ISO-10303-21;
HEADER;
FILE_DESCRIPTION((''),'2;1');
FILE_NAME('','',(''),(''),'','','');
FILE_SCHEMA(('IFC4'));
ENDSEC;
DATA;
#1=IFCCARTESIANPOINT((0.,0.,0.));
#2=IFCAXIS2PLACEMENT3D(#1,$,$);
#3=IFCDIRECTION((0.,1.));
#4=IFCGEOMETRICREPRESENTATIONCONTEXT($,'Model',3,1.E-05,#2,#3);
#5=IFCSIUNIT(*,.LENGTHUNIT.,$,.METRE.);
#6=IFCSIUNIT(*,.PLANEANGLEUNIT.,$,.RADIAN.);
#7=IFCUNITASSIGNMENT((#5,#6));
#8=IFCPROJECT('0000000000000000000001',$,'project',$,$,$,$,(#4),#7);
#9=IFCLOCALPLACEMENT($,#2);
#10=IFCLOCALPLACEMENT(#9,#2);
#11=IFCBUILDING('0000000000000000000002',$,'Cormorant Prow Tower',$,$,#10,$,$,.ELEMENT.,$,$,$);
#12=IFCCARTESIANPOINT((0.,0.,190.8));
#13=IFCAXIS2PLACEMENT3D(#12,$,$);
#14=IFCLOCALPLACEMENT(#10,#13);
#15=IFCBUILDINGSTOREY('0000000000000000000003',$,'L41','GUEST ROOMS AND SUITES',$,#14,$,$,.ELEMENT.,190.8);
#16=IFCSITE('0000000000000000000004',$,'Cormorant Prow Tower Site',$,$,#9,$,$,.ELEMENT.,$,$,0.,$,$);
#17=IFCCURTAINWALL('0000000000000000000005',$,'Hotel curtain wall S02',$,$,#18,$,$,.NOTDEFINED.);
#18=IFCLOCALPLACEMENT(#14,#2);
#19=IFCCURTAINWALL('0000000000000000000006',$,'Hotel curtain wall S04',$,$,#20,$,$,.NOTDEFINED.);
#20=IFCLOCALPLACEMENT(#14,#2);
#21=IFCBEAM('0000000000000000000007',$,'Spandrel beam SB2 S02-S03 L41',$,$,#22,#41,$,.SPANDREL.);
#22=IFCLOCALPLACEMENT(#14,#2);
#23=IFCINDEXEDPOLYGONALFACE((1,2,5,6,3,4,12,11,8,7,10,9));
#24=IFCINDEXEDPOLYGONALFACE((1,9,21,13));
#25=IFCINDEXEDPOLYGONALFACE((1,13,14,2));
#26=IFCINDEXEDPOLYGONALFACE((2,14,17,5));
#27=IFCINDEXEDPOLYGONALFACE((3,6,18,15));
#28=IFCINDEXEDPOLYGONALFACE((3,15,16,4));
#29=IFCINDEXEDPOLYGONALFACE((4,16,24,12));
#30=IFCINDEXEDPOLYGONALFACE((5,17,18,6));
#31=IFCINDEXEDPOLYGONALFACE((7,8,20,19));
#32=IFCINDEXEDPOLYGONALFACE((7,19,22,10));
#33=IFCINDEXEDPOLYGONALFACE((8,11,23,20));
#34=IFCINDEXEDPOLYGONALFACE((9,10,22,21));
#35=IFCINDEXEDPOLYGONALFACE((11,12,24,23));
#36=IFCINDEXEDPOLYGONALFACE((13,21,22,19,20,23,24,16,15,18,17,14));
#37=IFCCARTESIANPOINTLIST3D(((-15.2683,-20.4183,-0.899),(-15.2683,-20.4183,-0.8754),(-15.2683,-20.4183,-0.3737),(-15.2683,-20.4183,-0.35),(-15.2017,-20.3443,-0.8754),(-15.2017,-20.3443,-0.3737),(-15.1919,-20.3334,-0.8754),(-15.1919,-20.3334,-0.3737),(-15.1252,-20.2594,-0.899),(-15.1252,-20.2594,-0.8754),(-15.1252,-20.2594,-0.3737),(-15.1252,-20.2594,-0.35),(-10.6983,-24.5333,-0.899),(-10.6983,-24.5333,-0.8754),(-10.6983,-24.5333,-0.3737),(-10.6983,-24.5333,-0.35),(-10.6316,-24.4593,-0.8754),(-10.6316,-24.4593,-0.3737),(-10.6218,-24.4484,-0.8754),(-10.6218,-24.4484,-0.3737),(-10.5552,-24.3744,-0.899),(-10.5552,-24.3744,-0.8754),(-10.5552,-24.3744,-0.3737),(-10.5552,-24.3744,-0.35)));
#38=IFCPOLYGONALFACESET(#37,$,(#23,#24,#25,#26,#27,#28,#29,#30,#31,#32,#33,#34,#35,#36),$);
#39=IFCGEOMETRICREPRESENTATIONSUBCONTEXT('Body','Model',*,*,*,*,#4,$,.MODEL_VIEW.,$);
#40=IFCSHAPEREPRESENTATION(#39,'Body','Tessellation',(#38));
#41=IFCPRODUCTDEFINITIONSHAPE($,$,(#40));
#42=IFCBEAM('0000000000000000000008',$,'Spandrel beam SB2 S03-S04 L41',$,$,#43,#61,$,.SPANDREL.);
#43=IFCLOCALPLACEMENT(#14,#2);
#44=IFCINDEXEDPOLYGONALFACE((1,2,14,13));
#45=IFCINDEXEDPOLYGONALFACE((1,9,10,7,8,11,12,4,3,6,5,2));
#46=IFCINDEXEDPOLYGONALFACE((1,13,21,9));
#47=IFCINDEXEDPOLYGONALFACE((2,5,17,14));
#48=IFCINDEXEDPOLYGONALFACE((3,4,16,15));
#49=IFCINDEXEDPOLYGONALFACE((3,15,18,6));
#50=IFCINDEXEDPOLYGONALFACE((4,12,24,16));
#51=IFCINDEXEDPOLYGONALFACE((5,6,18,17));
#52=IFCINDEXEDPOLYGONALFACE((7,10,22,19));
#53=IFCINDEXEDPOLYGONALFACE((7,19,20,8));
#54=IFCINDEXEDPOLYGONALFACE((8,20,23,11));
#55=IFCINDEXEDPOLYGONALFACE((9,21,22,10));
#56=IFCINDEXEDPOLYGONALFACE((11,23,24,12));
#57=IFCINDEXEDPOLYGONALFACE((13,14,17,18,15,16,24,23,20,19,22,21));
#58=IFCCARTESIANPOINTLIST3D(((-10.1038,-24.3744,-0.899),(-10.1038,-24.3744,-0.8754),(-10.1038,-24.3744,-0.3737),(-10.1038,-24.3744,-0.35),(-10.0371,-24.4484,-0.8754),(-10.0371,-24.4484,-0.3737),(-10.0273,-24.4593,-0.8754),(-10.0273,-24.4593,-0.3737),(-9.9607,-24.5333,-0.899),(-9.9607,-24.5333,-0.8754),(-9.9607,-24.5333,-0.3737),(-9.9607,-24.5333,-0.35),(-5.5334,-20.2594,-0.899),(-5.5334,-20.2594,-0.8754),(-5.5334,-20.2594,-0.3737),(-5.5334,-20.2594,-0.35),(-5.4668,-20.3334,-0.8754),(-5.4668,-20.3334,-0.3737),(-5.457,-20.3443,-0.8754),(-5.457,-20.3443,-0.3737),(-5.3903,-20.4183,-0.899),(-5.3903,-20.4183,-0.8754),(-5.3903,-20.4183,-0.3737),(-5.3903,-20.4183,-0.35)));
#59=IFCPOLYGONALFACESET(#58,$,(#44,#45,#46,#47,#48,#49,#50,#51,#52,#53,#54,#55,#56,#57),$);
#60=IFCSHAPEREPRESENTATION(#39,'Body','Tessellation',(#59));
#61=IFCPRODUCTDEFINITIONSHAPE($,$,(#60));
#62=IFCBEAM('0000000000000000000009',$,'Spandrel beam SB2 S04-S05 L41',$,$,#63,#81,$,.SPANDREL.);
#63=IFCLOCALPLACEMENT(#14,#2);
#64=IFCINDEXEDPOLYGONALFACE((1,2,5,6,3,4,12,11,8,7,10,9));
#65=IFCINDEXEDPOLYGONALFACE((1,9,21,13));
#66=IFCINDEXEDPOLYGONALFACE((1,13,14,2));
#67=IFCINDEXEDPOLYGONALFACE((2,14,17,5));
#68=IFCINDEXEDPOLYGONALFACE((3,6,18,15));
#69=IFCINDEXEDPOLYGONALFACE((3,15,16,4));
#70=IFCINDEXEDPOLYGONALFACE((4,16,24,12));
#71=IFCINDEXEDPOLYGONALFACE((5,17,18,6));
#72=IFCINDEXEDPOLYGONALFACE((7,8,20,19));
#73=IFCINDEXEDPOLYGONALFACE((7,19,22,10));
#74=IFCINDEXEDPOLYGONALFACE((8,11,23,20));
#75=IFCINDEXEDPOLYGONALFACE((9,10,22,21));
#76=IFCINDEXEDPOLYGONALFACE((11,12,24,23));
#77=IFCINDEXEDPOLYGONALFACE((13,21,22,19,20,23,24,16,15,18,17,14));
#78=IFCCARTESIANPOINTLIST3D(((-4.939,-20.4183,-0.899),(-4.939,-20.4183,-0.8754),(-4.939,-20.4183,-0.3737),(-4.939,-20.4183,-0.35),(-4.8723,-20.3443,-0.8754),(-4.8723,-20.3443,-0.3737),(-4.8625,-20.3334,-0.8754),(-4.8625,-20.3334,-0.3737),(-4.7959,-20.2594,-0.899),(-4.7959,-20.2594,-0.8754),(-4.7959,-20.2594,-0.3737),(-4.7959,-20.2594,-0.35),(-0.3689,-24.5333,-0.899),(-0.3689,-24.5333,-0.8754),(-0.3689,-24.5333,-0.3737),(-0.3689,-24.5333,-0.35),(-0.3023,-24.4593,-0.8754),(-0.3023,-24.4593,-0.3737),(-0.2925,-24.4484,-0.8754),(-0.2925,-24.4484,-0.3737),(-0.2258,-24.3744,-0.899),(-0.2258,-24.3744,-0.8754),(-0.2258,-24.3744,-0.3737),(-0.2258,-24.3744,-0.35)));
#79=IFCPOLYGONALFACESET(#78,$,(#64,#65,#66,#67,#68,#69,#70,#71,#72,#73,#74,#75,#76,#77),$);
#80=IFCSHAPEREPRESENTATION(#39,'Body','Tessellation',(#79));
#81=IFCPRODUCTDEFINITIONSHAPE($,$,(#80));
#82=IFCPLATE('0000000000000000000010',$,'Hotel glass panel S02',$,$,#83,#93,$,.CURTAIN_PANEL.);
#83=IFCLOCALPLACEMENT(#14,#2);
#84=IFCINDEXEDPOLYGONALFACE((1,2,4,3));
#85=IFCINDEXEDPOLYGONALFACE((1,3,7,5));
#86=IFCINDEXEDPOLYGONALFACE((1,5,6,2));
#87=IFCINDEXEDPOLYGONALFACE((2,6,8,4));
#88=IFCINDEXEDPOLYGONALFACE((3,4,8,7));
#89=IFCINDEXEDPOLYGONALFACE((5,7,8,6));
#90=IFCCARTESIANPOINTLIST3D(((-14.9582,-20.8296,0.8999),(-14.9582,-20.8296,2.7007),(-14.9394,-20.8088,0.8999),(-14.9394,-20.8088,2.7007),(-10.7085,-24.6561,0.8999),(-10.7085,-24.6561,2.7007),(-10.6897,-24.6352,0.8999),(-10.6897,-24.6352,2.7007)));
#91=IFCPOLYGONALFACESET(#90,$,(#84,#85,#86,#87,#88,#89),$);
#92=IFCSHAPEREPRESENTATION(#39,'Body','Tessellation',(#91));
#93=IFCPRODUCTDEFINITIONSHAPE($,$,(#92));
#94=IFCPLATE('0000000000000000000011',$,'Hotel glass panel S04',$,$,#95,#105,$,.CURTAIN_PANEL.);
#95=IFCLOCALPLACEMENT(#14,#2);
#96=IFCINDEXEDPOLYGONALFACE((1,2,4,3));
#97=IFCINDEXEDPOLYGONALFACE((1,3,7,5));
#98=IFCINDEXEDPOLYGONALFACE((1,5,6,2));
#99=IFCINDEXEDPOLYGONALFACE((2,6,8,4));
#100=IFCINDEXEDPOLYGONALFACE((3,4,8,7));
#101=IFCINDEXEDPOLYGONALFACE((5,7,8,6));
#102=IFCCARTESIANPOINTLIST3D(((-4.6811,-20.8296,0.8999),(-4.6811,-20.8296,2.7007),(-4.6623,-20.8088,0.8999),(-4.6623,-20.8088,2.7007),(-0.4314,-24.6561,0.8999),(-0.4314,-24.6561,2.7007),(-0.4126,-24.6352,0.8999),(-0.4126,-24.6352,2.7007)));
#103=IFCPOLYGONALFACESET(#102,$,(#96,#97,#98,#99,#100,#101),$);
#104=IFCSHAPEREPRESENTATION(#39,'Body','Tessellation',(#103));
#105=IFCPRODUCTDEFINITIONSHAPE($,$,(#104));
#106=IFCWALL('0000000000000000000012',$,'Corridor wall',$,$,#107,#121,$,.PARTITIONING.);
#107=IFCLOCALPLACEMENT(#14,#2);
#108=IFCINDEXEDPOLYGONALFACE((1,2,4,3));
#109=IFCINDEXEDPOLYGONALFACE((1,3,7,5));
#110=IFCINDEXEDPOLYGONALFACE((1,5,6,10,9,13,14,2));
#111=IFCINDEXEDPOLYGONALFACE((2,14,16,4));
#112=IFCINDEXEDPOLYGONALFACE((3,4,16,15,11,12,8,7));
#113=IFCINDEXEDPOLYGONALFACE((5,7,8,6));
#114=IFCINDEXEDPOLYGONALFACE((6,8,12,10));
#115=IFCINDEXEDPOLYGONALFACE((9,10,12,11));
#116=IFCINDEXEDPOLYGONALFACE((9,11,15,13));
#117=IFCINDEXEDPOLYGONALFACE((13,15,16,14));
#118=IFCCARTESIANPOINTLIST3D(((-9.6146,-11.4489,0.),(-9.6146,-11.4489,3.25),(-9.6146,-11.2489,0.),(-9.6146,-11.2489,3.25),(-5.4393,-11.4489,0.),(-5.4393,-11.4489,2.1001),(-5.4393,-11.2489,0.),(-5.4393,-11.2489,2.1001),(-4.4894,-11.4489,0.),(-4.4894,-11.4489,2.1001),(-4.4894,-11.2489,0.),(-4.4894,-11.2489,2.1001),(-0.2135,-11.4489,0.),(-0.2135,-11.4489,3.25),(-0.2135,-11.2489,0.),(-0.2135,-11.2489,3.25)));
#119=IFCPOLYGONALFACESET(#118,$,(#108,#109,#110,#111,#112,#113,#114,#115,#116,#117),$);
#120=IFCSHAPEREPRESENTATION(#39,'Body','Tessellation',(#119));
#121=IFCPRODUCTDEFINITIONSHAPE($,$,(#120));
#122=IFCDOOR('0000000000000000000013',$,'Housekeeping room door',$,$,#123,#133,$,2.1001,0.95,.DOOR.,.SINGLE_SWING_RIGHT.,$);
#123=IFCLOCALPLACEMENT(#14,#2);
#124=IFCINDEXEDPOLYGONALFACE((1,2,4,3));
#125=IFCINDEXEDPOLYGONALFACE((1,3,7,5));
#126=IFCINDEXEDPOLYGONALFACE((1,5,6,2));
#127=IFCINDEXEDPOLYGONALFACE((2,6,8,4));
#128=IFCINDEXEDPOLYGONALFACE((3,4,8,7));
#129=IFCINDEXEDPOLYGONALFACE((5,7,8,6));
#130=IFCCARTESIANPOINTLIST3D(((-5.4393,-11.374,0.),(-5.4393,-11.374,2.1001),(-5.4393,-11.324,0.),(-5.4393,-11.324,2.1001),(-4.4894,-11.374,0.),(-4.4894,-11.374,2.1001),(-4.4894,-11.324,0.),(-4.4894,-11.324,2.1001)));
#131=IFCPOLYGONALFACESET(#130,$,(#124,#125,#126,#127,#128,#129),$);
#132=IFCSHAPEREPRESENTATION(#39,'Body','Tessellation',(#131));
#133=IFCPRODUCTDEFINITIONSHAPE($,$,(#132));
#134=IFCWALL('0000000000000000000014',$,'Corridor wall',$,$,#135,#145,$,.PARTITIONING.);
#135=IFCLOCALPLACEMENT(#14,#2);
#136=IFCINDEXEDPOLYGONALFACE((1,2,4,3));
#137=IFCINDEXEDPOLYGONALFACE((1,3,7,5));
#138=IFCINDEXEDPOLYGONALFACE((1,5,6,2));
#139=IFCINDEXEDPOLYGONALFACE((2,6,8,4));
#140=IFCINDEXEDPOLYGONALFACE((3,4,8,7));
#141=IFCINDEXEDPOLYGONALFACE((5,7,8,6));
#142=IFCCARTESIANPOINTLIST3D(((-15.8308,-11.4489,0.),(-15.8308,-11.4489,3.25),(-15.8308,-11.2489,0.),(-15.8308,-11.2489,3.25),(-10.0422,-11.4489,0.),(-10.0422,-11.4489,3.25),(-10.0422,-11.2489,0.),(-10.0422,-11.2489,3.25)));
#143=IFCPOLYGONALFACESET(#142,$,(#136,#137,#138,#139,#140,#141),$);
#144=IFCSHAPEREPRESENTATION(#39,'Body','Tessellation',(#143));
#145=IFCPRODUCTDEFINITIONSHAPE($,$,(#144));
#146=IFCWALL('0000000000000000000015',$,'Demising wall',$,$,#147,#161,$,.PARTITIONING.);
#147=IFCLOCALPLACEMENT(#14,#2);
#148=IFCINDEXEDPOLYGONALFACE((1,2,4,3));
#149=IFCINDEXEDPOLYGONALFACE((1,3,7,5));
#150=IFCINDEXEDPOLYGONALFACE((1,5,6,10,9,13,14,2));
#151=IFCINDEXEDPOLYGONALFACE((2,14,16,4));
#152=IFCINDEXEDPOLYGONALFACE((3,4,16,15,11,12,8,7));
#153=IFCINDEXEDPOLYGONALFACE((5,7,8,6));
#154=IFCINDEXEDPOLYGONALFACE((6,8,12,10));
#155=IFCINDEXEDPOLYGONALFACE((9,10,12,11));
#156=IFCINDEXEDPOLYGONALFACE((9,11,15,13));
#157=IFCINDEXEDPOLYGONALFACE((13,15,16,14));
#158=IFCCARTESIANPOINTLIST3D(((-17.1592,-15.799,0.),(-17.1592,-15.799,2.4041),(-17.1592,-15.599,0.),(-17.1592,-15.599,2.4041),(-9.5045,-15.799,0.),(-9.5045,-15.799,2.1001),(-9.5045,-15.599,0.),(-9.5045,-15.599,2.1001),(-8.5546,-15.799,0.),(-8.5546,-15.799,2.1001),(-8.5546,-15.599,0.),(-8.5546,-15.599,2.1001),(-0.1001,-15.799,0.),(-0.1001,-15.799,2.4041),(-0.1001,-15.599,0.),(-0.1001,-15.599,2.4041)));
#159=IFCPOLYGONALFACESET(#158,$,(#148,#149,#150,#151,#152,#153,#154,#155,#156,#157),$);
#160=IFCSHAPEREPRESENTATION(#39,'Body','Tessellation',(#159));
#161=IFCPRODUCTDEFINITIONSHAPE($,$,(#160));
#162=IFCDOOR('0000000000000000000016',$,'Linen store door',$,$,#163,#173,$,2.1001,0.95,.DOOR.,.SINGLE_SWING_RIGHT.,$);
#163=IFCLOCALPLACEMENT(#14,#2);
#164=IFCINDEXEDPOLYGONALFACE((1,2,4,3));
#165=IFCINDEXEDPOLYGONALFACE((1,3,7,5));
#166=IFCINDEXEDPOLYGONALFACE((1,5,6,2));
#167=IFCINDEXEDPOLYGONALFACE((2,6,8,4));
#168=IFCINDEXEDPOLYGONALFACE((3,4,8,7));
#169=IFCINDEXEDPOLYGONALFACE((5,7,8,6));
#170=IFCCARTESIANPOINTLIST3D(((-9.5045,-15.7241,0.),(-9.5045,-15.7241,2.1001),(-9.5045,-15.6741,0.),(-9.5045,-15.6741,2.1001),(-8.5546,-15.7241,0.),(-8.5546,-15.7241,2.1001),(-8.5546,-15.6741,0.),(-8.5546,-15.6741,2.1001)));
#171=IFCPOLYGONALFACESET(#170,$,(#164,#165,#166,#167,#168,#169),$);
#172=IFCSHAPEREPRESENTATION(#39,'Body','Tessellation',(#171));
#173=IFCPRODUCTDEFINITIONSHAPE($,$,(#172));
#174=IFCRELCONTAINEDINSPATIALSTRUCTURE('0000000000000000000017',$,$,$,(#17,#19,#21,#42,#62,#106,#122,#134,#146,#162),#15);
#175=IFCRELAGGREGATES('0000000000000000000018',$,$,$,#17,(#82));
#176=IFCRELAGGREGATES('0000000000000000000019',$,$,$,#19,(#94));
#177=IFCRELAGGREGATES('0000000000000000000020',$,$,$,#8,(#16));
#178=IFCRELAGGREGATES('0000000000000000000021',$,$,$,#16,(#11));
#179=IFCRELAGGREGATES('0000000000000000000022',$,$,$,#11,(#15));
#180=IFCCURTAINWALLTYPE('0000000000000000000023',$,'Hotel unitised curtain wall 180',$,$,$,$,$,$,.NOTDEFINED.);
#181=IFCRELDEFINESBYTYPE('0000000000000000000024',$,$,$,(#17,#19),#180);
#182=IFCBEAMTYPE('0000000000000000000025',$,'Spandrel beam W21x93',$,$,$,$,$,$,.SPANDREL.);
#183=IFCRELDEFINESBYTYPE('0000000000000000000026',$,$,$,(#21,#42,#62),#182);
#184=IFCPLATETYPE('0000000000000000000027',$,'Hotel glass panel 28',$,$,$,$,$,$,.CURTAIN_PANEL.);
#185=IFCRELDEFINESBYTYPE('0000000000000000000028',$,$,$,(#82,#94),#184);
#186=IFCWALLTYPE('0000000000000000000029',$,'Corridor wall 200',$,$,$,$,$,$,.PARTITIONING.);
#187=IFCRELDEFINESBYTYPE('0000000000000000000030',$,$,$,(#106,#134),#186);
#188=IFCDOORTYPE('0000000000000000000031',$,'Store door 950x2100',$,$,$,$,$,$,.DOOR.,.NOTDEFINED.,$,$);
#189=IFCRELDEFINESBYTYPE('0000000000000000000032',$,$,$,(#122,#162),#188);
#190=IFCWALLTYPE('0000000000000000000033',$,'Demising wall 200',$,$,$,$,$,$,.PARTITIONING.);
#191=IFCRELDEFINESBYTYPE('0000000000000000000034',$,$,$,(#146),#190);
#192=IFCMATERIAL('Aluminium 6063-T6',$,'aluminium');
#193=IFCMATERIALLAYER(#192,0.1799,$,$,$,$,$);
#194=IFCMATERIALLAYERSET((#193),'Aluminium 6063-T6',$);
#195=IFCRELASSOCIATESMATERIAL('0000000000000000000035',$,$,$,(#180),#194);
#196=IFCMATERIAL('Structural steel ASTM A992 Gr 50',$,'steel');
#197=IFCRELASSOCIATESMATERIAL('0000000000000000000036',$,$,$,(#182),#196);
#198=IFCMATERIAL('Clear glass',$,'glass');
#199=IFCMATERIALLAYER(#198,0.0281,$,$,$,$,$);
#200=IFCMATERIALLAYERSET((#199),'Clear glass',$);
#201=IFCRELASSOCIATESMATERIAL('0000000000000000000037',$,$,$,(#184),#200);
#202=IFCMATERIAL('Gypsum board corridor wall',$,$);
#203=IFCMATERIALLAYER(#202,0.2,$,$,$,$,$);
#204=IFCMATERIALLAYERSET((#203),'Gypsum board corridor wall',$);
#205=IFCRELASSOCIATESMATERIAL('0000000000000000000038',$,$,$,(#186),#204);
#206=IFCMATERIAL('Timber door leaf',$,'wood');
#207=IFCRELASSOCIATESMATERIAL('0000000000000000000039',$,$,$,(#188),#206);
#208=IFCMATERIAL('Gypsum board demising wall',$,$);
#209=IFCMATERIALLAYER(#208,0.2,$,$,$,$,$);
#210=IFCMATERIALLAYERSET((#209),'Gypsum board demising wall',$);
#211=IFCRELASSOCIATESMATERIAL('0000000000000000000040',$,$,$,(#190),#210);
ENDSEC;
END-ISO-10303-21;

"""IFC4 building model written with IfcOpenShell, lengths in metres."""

from ifc_helpers import new_model, si_unit, direction, frame, frame_2d, origin, origin_2d, place, context, subcontext, project, spatial, rectangle, i_section, extrude, material, layer, layer_set, material_profile, profile_set, type_object, element, fill, aggregate, save


model = new_model("IFC4")

# Units and contexts
model_context = context("Model", 3, precision=1e-05, world=origin(), true_north=direction((0.0, 1.0)))
body_context = subcontext(model_context, "Body", "Model", "MODEL_VIEW")
ifc_project = project(units=[si_unit("LENGTHUNIT", "METRE"), si_unit("PLANEANGLEUNIT", "RADIAN")], contexts=[model_context])

# Site, building, storey
site_placement = place(None, origin())
site = spatial("IfcSite", under=ifc_project, at=site_placement, Name="Cormorant Prow Tower Site", CompositionType="ELEMENT", RefElevation=0.0)
building_placement = place(site_placement, origin())
building = spatial("IfcBuilding", under=site, at=building_placement, Name="Cormorant Prow Tower", CompositionType="ELEMENT")
storey_placement = place(building_placement, frame((0.0, 0.0, 190.8)))
storey = spatial("IfcBuildingStorey", under=building, at=storey_placement, Name="L41", Description="GUEST ROOMS AND SUITES", CompositionType="ELEMENT", Elevation=190.8)

# Curtain walls
ifc_material_1 = material(Name="Aluminium 6063-T6", Category="aluminium")
ifc_layer_1 = layer(ifc_material_1, 0.1799)
ifc_layer_set_1 = layer_set([ifc_layer_1], Name="Aluminium 6063-T6")
curtain_wall_type = type_object("IfcCurtainWallType", Name="Hotel unitised curtain wall 180", PredefinedType="NOTDEFINED", material=ifc_layer_set_1)
curtain_wall_1_placement = place(storey_placement, origin())
curtain_wall_1 = element("IfcCurtainWall", 1, at=curtain_wall_1_placement, inside=storey, type_object=curtain_wall_type, Name="Hotel curtain wall S02", PredefinedType="NOTDEFINED")
curtain_wall_2_placement = place(storey_placement, origin())
curtain_wall_2 = element("IfcCurtainWall", 2, at=curtain_wall_2_placement, inside=storey, type_object=curtain_wall_type, Name="Hotel curtain wall S04", PredefinedType="NOTDEFINED")

# Beams
ifc_material_2 = material(Name="Structural steel ASTM A992 Gr 50", Category="steel")
ifc_material_profile_1 = material_profile(ifc_material_2, i_section(OverallWidth=0.2139, OverallDepth=0.5491, WebThickness=0.0146, FlangeThickness=0.0237, at=origin_2d()), Name="W21x93")
ifc_profile_set_1 = profile_set([ifc_material_profile_1], Name="Structural steel ASTM A992 Gr 50")
beam_type_1 = type_object("IfcBeamType", Name="Spandrel beam W21x93", PredefinedType="SPANDREL", material=ifc_profile_set_1)
beam_1_placement = place(storey_placement, frame((-15.1968, -20.3389, -0.6245), z_axis=(0.743138, -0.669138, 0.0), x_axis=(0.669138, 0.743138, 0.0)))
element("IfcBeam", 3, at=beam_1_placement, inside=storey, type_object=beam_type_1, Name="Spandrel beam SB2 S02-S03 L41", PredefinedType="SPANDREL", context=body_context, shape_type="SweptSolid", body=[
    extrude(i_section(OverallWidth=0.2139, OverallDepth=0.5491, WebThickness=0.0146, FlangeThickness=0.0237, at=origin_2d()), origin(), (0.0, 0.0, 1.0), 6.1497),
])
beam_2_placement = place(storey_placement, frame((-10.0322, -24.4539, -0.6245), z_axis=(0.743156, 0.669118, 0.0), x_axis=(-0.669118, 0.743156, 0.0)))
element("IfcBeam", 4, at=beam_2_placement, inside=storey, type_object=beam_type_1, Name="Spandrel beam SB2 S03-S04 L41", PredefinedType="SPANDREL", context=body_context, shape_type="SweptSolid", body=[
    extrude(i_section(OverallWidth=0.2139, OverallDepth=0.5491, WebThickness=0.0146, FlangeThickness=0.0237, at=origin_2d()), origin(), (0.0, 0.0, 1.0), 6.1499),
])
beam_3_placement = place(storey_placement, frame((-4.8674, -20.3389, -0.6245), z_axis=(0.743138, -0.669138, 0.0), x_axis=(0.669138, 0.743138, 0.0)))
element("IfcBeam", 5, at=beam_3_placement, inside=storey, type_object=beam_type_1, Name="Spandrel beam SB2 S04-S05 L41", PredefinedType="SPANDREL", context=body_context, shape_type="SweptSolid", body=[
    extrude(i_section(OverallWidth=0.2139, OverallDepth=0.5491, WebThickness=0.0146, FlangeThickness=0.0237, at=origin_2d()), origin(), (0.0, 0.0, 1.0), 6.1497),
])

# Plates
ifc_material_3 = material(Name="Clear glass", Category="glass")
ifc_layer_2 = layer(ifc_material_3, 0.0281)
ifc_layer_set_2 = layer_set([ifc_layer_2], Name="Clear glass")
plate_type = type_object("IfcPlateType", Name="Hotel glass panel 28", PredefinedType="CURTAIN_PANEL", material=ifc_layer_set_2)
plate_1_placement = place(storey_placement, frame((-12.824, -22.7324, 0.8999), z_axis=(0.0, 0.0, 1.0), x_axis=(0.743145, -0.669131, 0.0)))
plate_1 = element("IfcPlate", 6, at=plate_1_placement, type_object=plate_type, Name="Hotel glass panel S02", PredefinedType="CURTAIN_PANEL", context=body_context, shape_type="SweptSolid", body=[
    extrude(rectangle(XDim=5.7185, YDim=0.0281, at=origin_2d()), origin(), (0.0, 0.0, 1.0), 1.8008),
])
aggregate(curtain_wall_1, [plate_1])
plate_2_placement = place(storey_placement, frame((-2.5469, -22.7324, 0.8999), z_axis=(0.0, 0.0, 1.0), x_axis=(0.743145, -0.669131, 0.0)))
plate_2 = element("IfcPlate", 7, at=plate_2_placement, type_object=plate_type, Name="Hotel glass panel S04", PredefinedType="CURTAIN_PANEL", context=body_context, shape_type="SweptSolid", body=[
    extrude(rectangle(XDim=5.7185, YDim=0.0281, at=origin_2d()), origin(), (0.0, 0.0, 1.0), 1.8008),
])
aggregate(curtain_wall_2, [plate_2])

# Wall, opening, door
ifc_material_4 = material(Name="Gypsum board corridor wall")
ifc_layer_3 = layer(ifc_material_4, 0.2)
ifc_layer_set_3 = layer_set([ifc_layer_3], Name="Gypsum board corridor wall")
wall_type_1 = type_object("IfcWallType", Name="Corridor wall 200", PredefinedType="PARTITIONING", material=ifc_layer_set_3)
wall_1_placement = place(storey_placement, frame((-9.6147, -11.3489, 0.0), z_axis=(0.0, 0.0, 1.0), x_axis=(1.0, 0.0, 0.0)))
wall_1 = element("IfcWall", 8, at=wall_1_placement, inside=storey, type_object=wall_type_1, Name="Corridor wall", PredefinedType="PARTITIONING", context=body_context, shape_type="SweptSolid", body=[
    extrude(rectangle(XDim=9.4011, YDim=0.2, at=frame_2d((4.7007, 0.0))), origin(), (0.0, 0.0, 1.0), 3.25),
])
opening_1_placement = place(wall_1_placement, frame((4.1753, 0.0, 0.0)))
opening_1 = element("IfcOpeningElement", 9, at=opening_1_placement, cuts=wall_1, PredefinedType="OPENING", context=body_context, shape_type="SweptSolid", body=[
    extrude(rectangle(XDim=0.95, YDim=2.1001, at=frame_2d((0.4751, 1.05))), frame((0.0, 0.1099, 0.0), z_axis=(0.0, -1.0, 0.0), x_axis=(1.0, 0.0, 0.0)), (0.0, 0.0, 1.0), 0.22),
])
ifc_material_5 = material(Name="Timber door leaf", Category="wood")
door_type_1 = type_object("IfcDoorType", Name="Store door 950x2100", OperationType="NOTDEFINED", PredefinedType="DOOR", material=ifc_material_5)
door_1_placement = place(opening_1_placement, origin())
door_1 = element("IfcDoor", 10, at=door_1_placement, inside=storey, type_object=door_type_1, Name="Housekeeping room door", OperationType="SINGLE_SWING_RIGHT", OverallHeight=2.1001, OverallWidth=0.95, PredefinedType="DOOR", context=body_context, shape_type="SweptSolid", body=[
    extrude(rectangle(XDim=0.95, YDim=2.1001, at=frame_2d((0.4751, 1.05))), frame((0.0, 0.0249, 0.0), z_axis=(0.0, -1.0, 0.0), x_axis=(1.0, 0.0, 0.0)), (0.0, 0.0, 1.0), 0.05),
])
fill(opening_1, door_1)

# Wall
wall_2_placement = place(storey_placement, frame((-15.8308, -11.3489, 0.0), z_axis=(0.0, 0.0, 1.0), x_axis=(1.0, 0.0, 0.0)))
element("IfcWall", 11, at=wall_2_placement, inside=storey, type_object=wall_type_1, Name="Corridor wall", PredefinedType="PARTITIONING", context=body_context, shape_type="SweptSolid", body=[
    extrude(rectangle(XDim=5.7886, YDim=0.2, at=frame_2d((2.8943, 0.0))), origin(), (0.0, 0.0, 1.0), 3.25),
])

# Wall, opening, door
ifc_material_6 = material(Name="Gypsum board demising wall")
ifc_layer_4 = layer(ifc_material_6, 0.2)
ifc_layer_set_4 = layer_set([ifc_layer_4], Name="Gypsum board demising wall")
wall_type_2 = type_object("IfcWallType", Name="Demising wall 200", PredefinedType="PARTITIONING", material=ifc_layer_set_4)
wall_3_placement = place(storey_placement, frame((-17.1592, -15.699, 0.0), z_axis=(0.0, 0.0, 1.0), x_axis=(1.0, 0.0, 0.0)))
wall_3 = element("IfcWall", 12, at=wall_3_placement, inside=storey, type_object=wall_type_2, Name="Demising wall", PredefinedType="PARTITIONING", context=body_context, shape_type="SweptSolid", body=[
    extrude(rectangle(XDim=17.0591, YDim=0.2, at=frame_2d((8.5295, 0.0))), origin(), (0.0, 0.0, 1.0), 2.4041),
])
opening_2_placement = place(wall_3_placement, frame((7.6545, 0.0, 0.0)))
opening_2 = element("IfcOpeningElement", 13, at=opening_2_placement, cuts=wall_3, PredefinedType="OPENING", context=body_context, shape_type="SweptSolid", body=[
    extrude(rectangle(XDim=0.95, YDim=2.1001, at=frame_2d((0.4751, 1.05))), frame((0.0, 0.1099, 0.0), z_axis=(0.0, -1.0, 0.0), x_axis=(1.0, 0.0, 0.0)), (0.0, 0.0, 1.0), 0.22),
])
door_2_placement = place(opening_2_placement, origin())
door_2 = element("IfcDoor", 14, at=door_2_placement, inside=storey, type_object=door_type_1, Name="Linen store door", OperationType="SINGLE_SWING_RIGHT", OverallHeight=2.1001, OverallWidth=0.95, PredefinedType="DOOR", context=body_context, shape_type="SweptSolid", body=[
    extrude(rectangle(XDim=0.95, YDim=2.1001, at=frame_2d((0.4751, 1.05))), frame((0.0, 0.0249, 0.0), z_axis=(0.0, -1.0, 0.0), x_axis=(1.0, 0.0, 0.0)), (0.0, 0.0, 1.0), 0.05),
])
fill(opening_2, door_2)

save(model, "model.ifc")
